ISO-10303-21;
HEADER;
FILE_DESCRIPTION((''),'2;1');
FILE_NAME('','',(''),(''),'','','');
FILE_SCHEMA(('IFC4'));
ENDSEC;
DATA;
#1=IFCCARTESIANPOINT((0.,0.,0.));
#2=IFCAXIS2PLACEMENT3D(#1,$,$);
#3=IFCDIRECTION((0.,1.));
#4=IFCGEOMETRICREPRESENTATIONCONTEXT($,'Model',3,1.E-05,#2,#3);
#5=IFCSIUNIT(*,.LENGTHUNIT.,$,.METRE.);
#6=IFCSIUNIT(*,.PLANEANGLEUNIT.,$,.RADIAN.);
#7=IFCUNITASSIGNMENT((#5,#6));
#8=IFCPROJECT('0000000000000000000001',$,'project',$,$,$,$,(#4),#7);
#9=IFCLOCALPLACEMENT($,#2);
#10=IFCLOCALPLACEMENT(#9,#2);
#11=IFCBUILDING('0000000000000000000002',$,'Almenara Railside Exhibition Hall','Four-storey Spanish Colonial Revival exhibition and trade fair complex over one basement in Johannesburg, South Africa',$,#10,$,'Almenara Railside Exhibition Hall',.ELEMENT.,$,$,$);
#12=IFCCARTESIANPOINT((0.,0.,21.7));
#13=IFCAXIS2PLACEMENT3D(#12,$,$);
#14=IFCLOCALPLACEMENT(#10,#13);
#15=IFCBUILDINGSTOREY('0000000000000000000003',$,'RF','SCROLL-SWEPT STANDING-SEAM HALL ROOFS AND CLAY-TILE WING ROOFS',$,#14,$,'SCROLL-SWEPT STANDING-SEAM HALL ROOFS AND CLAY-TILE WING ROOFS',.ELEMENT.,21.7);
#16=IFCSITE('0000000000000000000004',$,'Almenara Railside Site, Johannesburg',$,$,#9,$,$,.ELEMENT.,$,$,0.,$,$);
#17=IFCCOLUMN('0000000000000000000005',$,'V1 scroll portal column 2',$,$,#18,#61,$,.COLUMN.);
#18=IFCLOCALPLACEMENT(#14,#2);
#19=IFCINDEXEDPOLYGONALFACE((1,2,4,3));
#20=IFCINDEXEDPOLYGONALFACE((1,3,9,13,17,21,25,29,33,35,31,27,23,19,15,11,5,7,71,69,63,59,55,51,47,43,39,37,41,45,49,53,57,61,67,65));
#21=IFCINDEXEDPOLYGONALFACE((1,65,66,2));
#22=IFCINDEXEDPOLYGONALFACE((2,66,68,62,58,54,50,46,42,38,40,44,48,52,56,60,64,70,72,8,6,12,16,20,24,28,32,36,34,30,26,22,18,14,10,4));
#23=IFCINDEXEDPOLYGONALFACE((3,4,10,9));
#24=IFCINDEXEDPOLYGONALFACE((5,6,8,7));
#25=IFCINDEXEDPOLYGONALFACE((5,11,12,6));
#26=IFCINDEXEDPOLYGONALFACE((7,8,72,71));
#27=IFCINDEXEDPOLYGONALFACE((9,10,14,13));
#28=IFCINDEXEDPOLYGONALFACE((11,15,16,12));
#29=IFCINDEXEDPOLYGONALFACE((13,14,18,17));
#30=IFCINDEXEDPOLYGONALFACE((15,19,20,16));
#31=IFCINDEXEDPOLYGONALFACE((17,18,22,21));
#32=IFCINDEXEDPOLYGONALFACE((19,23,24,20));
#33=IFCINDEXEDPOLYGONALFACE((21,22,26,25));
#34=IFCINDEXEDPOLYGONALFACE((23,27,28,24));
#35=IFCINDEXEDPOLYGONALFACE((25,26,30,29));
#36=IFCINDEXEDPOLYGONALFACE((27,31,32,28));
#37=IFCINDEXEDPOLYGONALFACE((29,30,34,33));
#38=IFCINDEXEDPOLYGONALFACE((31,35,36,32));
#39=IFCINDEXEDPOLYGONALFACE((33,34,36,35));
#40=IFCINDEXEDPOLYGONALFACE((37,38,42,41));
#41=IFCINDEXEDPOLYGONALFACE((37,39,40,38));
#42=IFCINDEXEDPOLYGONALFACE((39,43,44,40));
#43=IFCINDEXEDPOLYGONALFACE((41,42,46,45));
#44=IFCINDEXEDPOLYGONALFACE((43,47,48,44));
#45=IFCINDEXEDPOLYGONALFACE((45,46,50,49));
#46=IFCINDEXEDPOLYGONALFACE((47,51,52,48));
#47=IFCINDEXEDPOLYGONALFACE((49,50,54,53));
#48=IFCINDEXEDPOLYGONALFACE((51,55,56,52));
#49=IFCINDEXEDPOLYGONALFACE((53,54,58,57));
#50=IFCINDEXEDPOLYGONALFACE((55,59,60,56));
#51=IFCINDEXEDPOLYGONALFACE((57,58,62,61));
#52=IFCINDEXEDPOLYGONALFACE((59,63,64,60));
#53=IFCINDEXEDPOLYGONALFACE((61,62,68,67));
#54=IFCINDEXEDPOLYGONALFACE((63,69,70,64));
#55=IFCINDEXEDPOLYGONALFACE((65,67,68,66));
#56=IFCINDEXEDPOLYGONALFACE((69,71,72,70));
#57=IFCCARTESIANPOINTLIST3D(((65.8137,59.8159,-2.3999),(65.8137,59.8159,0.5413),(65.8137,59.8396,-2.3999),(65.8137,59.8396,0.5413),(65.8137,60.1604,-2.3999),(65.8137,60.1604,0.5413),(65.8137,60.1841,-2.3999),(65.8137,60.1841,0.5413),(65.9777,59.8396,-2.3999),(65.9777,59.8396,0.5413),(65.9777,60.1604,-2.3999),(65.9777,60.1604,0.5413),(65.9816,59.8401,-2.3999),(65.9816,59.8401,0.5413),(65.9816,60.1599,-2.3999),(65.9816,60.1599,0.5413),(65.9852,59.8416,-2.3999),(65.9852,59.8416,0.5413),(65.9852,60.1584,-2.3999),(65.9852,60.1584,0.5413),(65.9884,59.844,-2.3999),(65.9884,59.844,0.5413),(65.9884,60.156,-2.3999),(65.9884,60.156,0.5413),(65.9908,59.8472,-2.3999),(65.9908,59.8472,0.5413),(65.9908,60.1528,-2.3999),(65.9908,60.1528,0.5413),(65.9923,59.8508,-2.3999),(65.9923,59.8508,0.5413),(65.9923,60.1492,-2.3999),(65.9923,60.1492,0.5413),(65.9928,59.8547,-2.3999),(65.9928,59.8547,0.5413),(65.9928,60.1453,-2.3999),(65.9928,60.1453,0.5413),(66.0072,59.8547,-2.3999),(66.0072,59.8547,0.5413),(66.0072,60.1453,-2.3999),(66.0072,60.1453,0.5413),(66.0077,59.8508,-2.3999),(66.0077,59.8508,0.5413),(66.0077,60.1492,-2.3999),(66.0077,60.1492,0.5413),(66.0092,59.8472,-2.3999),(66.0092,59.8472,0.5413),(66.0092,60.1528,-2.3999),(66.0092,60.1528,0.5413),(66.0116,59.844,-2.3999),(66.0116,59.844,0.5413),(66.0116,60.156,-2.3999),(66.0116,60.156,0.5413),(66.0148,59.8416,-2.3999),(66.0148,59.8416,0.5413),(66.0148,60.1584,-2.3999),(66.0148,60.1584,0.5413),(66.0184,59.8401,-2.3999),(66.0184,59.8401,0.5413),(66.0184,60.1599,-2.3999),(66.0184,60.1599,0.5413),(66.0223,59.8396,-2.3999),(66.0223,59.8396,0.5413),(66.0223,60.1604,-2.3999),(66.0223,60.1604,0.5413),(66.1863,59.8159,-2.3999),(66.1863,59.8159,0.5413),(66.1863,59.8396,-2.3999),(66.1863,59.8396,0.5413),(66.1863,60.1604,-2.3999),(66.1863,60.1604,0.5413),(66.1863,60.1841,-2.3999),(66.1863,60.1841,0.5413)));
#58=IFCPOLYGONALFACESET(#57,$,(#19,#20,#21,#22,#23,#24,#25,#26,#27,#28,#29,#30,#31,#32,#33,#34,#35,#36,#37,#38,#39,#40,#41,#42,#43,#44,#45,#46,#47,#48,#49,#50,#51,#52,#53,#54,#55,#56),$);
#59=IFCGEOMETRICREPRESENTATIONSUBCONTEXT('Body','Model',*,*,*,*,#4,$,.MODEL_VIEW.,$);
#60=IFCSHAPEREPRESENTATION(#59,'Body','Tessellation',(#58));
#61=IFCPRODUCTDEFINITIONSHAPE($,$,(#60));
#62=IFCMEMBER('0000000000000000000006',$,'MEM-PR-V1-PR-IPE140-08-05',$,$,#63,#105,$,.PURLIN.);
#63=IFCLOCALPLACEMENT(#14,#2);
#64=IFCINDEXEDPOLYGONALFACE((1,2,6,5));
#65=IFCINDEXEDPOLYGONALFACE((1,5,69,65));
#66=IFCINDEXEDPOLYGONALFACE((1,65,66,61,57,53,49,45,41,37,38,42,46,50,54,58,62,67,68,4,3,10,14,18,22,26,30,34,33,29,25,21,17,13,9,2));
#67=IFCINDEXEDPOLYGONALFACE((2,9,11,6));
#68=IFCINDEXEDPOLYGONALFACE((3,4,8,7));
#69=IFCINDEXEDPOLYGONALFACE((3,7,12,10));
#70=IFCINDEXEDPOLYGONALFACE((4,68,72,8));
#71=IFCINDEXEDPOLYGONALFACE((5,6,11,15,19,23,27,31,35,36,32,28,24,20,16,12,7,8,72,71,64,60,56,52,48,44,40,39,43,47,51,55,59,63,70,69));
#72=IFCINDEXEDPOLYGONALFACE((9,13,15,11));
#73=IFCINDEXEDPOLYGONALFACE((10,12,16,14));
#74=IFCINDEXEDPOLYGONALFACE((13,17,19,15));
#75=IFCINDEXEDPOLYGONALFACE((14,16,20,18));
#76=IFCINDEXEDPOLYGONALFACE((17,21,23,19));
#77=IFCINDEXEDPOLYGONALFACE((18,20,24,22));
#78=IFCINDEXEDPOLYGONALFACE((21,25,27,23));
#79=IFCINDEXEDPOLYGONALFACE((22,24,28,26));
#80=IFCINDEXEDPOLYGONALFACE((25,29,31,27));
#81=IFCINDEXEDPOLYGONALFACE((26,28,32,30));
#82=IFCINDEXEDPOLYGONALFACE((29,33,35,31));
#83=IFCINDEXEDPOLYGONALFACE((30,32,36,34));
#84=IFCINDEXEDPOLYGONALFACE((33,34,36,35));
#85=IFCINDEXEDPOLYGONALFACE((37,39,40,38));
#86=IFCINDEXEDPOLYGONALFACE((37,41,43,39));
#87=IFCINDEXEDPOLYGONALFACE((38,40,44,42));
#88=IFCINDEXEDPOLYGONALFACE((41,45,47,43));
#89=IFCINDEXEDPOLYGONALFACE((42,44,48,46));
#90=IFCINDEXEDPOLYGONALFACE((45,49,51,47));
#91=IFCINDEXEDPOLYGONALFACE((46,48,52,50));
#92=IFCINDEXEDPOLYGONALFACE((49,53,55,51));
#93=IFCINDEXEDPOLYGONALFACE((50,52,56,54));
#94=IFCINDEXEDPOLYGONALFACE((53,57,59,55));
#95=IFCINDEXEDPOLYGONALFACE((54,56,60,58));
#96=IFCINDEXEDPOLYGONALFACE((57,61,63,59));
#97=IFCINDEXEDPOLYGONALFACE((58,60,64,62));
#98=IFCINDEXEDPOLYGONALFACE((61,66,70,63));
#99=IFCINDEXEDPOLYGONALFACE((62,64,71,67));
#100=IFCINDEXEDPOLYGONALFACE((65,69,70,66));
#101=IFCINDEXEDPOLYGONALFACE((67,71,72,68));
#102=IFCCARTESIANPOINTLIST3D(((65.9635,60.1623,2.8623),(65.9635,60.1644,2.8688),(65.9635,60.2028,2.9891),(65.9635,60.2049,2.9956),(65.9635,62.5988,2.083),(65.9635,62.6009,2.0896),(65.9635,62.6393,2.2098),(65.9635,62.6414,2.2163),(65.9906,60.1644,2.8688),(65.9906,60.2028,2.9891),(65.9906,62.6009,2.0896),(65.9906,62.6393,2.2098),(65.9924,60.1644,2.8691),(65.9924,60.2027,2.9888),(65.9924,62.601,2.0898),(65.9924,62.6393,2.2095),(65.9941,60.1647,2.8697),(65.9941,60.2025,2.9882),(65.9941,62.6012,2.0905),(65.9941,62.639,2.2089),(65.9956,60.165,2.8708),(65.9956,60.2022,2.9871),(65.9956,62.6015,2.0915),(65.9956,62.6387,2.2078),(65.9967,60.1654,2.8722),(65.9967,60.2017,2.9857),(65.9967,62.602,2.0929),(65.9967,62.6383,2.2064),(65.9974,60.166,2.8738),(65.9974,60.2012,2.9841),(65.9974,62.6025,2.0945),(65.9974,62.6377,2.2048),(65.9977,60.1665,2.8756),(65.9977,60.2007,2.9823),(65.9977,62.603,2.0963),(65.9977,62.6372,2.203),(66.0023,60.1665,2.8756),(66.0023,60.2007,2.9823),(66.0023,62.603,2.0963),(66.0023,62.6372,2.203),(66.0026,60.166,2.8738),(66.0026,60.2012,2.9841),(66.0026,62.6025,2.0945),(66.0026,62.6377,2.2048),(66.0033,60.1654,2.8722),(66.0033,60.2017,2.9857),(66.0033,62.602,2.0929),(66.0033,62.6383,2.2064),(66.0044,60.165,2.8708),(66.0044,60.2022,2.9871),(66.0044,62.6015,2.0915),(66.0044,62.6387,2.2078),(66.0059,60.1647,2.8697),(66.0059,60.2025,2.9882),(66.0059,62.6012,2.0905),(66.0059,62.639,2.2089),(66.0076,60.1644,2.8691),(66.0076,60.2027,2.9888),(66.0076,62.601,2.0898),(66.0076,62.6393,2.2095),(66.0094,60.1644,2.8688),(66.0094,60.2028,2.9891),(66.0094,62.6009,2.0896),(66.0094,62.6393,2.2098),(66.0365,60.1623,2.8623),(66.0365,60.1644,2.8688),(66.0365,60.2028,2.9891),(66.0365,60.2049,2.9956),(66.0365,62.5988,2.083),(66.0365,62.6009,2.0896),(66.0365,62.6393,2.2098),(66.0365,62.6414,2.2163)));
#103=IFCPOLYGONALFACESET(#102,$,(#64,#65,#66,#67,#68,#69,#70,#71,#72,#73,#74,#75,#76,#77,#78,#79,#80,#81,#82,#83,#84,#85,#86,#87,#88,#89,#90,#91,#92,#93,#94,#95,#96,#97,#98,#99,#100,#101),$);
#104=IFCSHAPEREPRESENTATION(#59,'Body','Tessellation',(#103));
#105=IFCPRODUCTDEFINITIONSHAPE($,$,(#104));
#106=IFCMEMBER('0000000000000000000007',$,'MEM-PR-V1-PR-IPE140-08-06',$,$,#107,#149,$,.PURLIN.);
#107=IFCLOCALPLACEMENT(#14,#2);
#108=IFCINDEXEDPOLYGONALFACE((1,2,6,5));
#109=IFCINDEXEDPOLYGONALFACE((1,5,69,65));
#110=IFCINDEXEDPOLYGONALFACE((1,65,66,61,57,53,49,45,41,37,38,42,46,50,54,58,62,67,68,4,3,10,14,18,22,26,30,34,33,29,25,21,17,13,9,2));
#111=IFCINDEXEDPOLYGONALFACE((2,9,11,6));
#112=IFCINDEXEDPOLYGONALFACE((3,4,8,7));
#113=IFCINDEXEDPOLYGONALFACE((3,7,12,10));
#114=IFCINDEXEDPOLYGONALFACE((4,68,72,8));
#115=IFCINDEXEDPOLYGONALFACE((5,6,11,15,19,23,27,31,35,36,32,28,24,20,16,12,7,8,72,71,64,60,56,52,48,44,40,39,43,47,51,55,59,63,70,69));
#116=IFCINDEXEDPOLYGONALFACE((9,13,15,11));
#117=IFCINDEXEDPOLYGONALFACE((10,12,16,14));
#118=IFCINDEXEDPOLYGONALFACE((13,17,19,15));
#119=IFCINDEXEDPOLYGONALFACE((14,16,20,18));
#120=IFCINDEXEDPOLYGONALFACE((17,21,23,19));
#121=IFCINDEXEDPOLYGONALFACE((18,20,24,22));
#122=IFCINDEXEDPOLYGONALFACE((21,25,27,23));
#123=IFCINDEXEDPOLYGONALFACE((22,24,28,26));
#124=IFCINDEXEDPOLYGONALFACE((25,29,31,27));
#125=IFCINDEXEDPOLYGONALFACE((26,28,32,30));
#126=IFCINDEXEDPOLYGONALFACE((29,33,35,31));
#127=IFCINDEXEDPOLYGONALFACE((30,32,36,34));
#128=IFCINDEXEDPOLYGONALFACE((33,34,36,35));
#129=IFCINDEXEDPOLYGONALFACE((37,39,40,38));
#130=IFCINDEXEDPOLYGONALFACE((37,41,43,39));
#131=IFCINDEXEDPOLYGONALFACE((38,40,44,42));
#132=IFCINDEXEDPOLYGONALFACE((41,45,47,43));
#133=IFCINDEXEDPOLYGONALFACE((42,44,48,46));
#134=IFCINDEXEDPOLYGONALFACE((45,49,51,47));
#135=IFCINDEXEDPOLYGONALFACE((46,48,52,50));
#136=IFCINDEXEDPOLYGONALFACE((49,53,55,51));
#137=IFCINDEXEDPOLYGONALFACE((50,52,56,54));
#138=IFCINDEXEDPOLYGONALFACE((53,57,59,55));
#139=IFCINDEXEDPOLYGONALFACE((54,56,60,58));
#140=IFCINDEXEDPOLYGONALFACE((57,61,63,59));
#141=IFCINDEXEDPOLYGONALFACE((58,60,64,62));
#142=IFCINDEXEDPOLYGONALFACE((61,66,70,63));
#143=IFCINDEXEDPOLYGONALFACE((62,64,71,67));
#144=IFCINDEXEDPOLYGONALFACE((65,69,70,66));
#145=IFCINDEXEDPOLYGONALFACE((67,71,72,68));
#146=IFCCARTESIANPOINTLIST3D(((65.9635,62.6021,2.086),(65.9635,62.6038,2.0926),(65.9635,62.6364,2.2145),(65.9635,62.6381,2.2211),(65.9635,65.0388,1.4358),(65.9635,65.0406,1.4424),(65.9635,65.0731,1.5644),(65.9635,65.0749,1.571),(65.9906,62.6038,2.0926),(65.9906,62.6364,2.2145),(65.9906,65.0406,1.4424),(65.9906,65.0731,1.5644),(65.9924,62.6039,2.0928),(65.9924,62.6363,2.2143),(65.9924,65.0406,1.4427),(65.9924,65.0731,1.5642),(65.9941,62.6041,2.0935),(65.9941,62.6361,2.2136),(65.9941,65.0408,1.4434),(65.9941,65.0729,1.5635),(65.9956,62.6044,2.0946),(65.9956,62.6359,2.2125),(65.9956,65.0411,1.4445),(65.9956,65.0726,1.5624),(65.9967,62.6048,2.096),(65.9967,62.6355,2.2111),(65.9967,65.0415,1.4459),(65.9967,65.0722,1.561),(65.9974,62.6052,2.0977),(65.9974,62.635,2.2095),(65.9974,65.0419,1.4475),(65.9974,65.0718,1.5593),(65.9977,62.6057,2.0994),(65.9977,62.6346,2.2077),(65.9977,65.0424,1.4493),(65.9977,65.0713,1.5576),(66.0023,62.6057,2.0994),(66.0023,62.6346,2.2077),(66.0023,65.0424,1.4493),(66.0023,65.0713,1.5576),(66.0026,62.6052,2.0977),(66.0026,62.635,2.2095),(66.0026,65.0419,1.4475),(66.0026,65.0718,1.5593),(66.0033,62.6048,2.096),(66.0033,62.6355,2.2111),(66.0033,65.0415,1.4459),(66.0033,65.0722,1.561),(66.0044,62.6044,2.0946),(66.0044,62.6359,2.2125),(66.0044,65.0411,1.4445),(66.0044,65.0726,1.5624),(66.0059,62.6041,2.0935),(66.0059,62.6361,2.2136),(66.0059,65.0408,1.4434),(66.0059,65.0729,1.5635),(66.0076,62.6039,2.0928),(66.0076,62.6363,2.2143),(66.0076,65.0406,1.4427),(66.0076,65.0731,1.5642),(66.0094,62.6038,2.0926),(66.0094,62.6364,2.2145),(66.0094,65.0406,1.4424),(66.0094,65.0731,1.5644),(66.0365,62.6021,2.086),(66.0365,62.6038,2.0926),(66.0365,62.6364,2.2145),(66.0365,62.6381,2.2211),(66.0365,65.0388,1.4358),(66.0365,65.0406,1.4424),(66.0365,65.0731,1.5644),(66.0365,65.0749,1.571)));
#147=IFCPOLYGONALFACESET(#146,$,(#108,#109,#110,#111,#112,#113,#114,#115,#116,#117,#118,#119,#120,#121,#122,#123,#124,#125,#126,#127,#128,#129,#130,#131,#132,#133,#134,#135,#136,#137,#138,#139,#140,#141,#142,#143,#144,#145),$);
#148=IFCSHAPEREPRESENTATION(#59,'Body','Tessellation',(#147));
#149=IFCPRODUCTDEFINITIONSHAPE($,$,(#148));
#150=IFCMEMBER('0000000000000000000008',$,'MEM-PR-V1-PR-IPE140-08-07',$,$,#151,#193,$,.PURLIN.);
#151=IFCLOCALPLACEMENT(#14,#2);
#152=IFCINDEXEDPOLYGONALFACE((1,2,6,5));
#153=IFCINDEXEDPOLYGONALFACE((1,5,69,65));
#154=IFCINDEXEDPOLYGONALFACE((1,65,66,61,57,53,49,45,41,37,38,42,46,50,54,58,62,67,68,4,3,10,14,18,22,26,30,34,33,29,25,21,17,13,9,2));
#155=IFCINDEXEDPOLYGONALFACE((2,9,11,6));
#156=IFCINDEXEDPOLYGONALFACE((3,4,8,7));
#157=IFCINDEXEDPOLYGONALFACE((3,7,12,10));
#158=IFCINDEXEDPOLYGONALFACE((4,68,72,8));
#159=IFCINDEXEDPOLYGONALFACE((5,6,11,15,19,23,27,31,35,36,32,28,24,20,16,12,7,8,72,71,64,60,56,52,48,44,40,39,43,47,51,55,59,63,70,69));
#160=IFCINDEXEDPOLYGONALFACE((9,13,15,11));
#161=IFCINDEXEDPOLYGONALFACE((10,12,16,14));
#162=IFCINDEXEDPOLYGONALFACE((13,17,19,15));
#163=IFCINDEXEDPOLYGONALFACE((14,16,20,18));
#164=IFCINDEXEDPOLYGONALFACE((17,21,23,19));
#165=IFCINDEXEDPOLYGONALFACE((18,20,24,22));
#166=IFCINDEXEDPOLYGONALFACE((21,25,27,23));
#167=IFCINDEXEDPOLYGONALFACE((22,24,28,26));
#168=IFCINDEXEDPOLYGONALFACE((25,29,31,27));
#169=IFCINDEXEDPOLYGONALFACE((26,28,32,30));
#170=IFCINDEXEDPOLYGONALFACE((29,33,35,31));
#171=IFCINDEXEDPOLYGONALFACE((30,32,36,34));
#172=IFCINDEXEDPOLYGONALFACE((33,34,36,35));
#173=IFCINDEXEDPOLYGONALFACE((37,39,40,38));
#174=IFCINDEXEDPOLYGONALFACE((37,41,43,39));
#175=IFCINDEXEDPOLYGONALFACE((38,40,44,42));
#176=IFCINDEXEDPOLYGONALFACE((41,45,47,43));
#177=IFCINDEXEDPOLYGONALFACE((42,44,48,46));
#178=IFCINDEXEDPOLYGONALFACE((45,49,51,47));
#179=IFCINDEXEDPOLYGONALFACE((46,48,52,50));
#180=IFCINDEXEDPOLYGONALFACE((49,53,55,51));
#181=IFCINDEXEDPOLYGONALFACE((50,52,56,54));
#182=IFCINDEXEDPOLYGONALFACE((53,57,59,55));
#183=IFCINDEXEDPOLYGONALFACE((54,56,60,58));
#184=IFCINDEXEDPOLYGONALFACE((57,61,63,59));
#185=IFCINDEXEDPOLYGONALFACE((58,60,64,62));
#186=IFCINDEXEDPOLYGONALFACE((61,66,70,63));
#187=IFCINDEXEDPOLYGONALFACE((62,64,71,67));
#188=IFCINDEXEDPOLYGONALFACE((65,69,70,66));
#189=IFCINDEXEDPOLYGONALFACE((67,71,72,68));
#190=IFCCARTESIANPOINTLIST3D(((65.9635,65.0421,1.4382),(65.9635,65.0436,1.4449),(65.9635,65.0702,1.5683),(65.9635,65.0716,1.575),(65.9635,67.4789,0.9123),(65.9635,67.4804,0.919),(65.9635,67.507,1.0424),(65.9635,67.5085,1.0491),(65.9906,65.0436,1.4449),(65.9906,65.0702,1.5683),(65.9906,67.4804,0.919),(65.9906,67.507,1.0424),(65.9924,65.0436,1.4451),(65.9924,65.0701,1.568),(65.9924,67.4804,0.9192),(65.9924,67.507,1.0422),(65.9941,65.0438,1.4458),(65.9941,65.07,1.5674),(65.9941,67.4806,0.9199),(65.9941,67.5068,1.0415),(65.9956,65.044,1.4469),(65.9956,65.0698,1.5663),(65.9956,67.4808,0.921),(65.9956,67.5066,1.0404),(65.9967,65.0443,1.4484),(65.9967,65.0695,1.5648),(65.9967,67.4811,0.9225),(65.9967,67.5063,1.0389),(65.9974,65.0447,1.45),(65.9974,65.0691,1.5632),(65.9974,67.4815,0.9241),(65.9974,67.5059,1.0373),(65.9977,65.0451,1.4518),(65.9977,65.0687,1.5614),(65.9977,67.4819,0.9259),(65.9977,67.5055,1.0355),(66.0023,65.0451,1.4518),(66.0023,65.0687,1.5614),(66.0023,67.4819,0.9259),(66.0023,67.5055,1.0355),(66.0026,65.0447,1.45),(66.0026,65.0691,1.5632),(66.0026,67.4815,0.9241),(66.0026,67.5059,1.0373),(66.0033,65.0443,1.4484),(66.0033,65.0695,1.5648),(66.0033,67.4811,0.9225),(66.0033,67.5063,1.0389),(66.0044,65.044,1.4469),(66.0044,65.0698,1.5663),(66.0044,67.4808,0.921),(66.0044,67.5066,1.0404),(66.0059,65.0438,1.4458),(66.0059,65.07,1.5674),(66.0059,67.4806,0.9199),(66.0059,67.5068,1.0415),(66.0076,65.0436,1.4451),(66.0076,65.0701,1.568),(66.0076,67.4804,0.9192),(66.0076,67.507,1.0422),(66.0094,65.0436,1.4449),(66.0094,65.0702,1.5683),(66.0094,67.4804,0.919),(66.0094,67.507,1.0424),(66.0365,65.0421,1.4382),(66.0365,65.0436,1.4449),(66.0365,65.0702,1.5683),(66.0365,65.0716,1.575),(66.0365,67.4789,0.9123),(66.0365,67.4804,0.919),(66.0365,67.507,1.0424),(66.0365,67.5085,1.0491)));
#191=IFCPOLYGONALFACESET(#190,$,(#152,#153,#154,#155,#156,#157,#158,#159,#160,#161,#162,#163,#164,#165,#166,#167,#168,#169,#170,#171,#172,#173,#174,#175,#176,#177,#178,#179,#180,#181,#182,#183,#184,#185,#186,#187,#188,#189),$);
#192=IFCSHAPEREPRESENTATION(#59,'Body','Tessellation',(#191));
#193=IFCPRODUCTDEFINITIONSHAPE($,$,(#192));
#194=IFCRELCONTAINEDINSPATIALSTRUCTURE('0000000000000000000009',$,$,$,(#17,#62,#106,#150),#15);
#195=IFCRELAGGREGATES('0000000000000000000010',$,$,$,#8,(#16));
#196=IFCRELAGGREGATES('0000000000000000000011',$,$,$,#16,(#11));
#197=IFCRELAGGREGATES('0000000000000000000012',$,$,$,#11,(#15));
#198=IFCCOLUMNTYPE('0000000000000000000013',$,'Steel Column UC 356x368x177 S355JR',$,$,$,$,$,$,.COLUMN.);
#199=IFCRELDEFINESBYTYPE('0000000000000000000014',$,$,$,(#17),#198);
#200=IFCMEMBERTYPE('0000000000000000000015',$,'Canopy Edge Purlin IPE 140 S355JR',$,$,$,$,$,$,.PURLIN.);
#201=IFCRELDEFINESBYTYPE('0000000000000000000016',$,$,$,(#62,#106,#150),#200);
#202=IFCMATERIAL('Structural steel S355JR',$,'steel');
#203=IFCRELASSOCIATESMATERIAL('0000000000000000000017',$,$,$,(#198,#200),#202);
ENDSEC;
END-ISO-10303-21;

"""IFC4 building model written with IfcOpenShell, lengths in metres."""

from ifc_helpers import new_model, si_unit, direction, frame, origin, origin_2d, place, context, subcontext, project, spatial, i_section, extrude, material, material_profile, profile_set, type_object, element, save


model = new_model("IFC4")

# Units and contexts
model_context = context("Model", 3, precision=1e-05, world=origin(), true_north=direction((0.0, 1.0)))
body_context = subcontext(model_context, "Body", "Model", "MODEL_VIEW")
ifc_project = project(units=[si_unit("LENGTHUNIT", "METRE"), si_unit("PLANEANGLEUNIT", "RADIAN")], contexts=[model_context])

# Site, building, storey
site_placement = place(None, origin())
site = spatial("IfcSite", under=ifc_project, at=site_placement, Name="Almenara Railside Site, Johannesburg", CompositionType="ELEMENT", RefElevation=0.0)
building_placement = place(site_placement, origin())
building = spatial("IfcBuilding", under=site, at=building_placement, Name="Almenara Railside Exhibition Hall", Description="Four-storey Spanish Colonial Revival exhibition and trade fair complex over one basement in Johannesburg, South Africa", LongName="Almenara Railside Exhibition Hall", CompositionType="ELEMENT")
storey_placement = place(building_placement, frame((0.0, 0.0, 21.7)))
storey = spatial("IfcBuildingStorey", under=building, at=storey_placement, Name="RF", Description="SCROLL-SWEPT STANDING-SEAM HALL ROOFS AND CLAY-TILE WING ROOFS", LongName="SCROLL-SWEPT STANDING-SEAM HALL ROOFS AND CLAY-TILE WING ROOFS", CompositionType="ELEMENT", Elevation=21.7)

# Column
ifc_material_1 = material(Name="Structural steel S355JR", Category="steel")
ifc_material_profile_1 = material_profile(ifc_material_1, i_section(OverallWidth=0.3726, OverallDepth=0.3682, WebThickness=0.0144, FlangeThickness=0.0237, FilletRadius=0.0151, at=origin_2d()), Name="UC 356x368x177")
ifc_profile_set_1 = profile_set([ifc_material_profile_1], Name="Structural steel S355JR")
column_type = type_object("IfcColumnType", Name="Steel Column UC 356x368x177 S355JR", PredefinedType="COLUMN", material=ifc_profile_set_1)
column_placement = place(storey_placement, frame((66.0, 60.0, -2.3999), z_axis=(0.0, 0.0, 1.0), x_axis=(1.0, 0.0, 0.0)))
element("IfcColumn", 1, at=column_placement, inside=storey, type_object=column_type, Name="V1 scroll portal column 2", PredefinedType="COLUMN", context=body_context, shape_type="SweptSolid", body=[
    extrude(i_section(OverallWidth=0.3726, OverallDepth=0.3682, WebThickness=0.0144, FlangeThickness=0.0237, FilletRadius=0.0151, at=origin_2d()), origin(), (0.0, 0.0, 1.0), 2.9412),
])

# Members
ifc_material_profile_2 = material_profile(ifc_material_1, i_section(OverallWidth=0.073, OverallDepth=0.1399, WebThickness=0.0046, FlangeThickness=0.0068, FilletRadius=0.0071, at=origin_2d()), Name="IPE 140")
ifc_profile_set_2 = profile_set([ifc_material_profile_2], Name="Structural steel S355JR")
member_type_1 = type_object("IfcMemberType", Name="Canopy Edge Purlin IPE 140 S355JR", PredefinedType="PURLIN", material=ifc_profile_set_2)
member_1_placement = place(storey_placement, frame((66.0, 60.1836, 2.929), z_axis=(0.0, 0.952468, -0.304637), x_axis=(-1.0, 0.0, 0.0)))
element("IfcMember", 2, at=member_1_placement, inside=storey, type_object=member_type_1, Name="MEM-PR-V1-PR-IPE140-08-05", PredefinedType="PURLIN", context=body_context, shape_type="SweptSolid", body=[
    extrude(i_section(OverallWidth=0.073, OverallDepth=0.1399, WebThickness=0.0046, FlangeThickness=0.0068, FilletRadius=0.0071, at=origin_2d()), origin(), (0.0, 0.0, 1.0), 2.5581),
])
member_2_placement = place(storey_placement, frame((66.0, 62.6201, 2.1536), z_axis=(0.0, 0.966201, -0.257789), x_axis=(-1.0, 0.0, 0.0)))
element("IfcMember", 3, at=member_2_placement, inside=storey, type_object=member_type_1, Name="MEM-PR-V1-PR-IPE140-08-06", PredefinedType="PURLIN", context=body_context, shape_type="SweptSolid", body=[
    extrude(i_section(OverallWidth=0.073, OverallDepth=0.1399, WebThickness=0.0046, FlangeThickness=0.0068, FilletRadius=0.0071, at=origin_2d()), origin(), (0.0, 0.0, 1.0), 2.522),
])
member_3_placement = place(storey_placement, frame((66.0, 65.0569, 1.5066), z_axis=(0.0, 0.977496, -0.210953), x_axis=(-1.0, 0.0, 0.0)))
element("IfcMember", 4, at=member_3_placement, inside=storey, type_object=member_type_1, Name="MEM-PR-V1-PR-IPE140-08-07", PredefinedType="PURLIN", context=body_context, shape_type="SweptSolid", body=[
    extrude(i_section(OverallWidth=0.073, OverallDepth=0.1399, WebThickness=0.0046, FlangeThickness=0.0068, FilletRadius=0.0071, at=origin_2d()), origin(), (0.0, 0.0, 1.0), 2.4929),
])

save(model, "model.ifc")
